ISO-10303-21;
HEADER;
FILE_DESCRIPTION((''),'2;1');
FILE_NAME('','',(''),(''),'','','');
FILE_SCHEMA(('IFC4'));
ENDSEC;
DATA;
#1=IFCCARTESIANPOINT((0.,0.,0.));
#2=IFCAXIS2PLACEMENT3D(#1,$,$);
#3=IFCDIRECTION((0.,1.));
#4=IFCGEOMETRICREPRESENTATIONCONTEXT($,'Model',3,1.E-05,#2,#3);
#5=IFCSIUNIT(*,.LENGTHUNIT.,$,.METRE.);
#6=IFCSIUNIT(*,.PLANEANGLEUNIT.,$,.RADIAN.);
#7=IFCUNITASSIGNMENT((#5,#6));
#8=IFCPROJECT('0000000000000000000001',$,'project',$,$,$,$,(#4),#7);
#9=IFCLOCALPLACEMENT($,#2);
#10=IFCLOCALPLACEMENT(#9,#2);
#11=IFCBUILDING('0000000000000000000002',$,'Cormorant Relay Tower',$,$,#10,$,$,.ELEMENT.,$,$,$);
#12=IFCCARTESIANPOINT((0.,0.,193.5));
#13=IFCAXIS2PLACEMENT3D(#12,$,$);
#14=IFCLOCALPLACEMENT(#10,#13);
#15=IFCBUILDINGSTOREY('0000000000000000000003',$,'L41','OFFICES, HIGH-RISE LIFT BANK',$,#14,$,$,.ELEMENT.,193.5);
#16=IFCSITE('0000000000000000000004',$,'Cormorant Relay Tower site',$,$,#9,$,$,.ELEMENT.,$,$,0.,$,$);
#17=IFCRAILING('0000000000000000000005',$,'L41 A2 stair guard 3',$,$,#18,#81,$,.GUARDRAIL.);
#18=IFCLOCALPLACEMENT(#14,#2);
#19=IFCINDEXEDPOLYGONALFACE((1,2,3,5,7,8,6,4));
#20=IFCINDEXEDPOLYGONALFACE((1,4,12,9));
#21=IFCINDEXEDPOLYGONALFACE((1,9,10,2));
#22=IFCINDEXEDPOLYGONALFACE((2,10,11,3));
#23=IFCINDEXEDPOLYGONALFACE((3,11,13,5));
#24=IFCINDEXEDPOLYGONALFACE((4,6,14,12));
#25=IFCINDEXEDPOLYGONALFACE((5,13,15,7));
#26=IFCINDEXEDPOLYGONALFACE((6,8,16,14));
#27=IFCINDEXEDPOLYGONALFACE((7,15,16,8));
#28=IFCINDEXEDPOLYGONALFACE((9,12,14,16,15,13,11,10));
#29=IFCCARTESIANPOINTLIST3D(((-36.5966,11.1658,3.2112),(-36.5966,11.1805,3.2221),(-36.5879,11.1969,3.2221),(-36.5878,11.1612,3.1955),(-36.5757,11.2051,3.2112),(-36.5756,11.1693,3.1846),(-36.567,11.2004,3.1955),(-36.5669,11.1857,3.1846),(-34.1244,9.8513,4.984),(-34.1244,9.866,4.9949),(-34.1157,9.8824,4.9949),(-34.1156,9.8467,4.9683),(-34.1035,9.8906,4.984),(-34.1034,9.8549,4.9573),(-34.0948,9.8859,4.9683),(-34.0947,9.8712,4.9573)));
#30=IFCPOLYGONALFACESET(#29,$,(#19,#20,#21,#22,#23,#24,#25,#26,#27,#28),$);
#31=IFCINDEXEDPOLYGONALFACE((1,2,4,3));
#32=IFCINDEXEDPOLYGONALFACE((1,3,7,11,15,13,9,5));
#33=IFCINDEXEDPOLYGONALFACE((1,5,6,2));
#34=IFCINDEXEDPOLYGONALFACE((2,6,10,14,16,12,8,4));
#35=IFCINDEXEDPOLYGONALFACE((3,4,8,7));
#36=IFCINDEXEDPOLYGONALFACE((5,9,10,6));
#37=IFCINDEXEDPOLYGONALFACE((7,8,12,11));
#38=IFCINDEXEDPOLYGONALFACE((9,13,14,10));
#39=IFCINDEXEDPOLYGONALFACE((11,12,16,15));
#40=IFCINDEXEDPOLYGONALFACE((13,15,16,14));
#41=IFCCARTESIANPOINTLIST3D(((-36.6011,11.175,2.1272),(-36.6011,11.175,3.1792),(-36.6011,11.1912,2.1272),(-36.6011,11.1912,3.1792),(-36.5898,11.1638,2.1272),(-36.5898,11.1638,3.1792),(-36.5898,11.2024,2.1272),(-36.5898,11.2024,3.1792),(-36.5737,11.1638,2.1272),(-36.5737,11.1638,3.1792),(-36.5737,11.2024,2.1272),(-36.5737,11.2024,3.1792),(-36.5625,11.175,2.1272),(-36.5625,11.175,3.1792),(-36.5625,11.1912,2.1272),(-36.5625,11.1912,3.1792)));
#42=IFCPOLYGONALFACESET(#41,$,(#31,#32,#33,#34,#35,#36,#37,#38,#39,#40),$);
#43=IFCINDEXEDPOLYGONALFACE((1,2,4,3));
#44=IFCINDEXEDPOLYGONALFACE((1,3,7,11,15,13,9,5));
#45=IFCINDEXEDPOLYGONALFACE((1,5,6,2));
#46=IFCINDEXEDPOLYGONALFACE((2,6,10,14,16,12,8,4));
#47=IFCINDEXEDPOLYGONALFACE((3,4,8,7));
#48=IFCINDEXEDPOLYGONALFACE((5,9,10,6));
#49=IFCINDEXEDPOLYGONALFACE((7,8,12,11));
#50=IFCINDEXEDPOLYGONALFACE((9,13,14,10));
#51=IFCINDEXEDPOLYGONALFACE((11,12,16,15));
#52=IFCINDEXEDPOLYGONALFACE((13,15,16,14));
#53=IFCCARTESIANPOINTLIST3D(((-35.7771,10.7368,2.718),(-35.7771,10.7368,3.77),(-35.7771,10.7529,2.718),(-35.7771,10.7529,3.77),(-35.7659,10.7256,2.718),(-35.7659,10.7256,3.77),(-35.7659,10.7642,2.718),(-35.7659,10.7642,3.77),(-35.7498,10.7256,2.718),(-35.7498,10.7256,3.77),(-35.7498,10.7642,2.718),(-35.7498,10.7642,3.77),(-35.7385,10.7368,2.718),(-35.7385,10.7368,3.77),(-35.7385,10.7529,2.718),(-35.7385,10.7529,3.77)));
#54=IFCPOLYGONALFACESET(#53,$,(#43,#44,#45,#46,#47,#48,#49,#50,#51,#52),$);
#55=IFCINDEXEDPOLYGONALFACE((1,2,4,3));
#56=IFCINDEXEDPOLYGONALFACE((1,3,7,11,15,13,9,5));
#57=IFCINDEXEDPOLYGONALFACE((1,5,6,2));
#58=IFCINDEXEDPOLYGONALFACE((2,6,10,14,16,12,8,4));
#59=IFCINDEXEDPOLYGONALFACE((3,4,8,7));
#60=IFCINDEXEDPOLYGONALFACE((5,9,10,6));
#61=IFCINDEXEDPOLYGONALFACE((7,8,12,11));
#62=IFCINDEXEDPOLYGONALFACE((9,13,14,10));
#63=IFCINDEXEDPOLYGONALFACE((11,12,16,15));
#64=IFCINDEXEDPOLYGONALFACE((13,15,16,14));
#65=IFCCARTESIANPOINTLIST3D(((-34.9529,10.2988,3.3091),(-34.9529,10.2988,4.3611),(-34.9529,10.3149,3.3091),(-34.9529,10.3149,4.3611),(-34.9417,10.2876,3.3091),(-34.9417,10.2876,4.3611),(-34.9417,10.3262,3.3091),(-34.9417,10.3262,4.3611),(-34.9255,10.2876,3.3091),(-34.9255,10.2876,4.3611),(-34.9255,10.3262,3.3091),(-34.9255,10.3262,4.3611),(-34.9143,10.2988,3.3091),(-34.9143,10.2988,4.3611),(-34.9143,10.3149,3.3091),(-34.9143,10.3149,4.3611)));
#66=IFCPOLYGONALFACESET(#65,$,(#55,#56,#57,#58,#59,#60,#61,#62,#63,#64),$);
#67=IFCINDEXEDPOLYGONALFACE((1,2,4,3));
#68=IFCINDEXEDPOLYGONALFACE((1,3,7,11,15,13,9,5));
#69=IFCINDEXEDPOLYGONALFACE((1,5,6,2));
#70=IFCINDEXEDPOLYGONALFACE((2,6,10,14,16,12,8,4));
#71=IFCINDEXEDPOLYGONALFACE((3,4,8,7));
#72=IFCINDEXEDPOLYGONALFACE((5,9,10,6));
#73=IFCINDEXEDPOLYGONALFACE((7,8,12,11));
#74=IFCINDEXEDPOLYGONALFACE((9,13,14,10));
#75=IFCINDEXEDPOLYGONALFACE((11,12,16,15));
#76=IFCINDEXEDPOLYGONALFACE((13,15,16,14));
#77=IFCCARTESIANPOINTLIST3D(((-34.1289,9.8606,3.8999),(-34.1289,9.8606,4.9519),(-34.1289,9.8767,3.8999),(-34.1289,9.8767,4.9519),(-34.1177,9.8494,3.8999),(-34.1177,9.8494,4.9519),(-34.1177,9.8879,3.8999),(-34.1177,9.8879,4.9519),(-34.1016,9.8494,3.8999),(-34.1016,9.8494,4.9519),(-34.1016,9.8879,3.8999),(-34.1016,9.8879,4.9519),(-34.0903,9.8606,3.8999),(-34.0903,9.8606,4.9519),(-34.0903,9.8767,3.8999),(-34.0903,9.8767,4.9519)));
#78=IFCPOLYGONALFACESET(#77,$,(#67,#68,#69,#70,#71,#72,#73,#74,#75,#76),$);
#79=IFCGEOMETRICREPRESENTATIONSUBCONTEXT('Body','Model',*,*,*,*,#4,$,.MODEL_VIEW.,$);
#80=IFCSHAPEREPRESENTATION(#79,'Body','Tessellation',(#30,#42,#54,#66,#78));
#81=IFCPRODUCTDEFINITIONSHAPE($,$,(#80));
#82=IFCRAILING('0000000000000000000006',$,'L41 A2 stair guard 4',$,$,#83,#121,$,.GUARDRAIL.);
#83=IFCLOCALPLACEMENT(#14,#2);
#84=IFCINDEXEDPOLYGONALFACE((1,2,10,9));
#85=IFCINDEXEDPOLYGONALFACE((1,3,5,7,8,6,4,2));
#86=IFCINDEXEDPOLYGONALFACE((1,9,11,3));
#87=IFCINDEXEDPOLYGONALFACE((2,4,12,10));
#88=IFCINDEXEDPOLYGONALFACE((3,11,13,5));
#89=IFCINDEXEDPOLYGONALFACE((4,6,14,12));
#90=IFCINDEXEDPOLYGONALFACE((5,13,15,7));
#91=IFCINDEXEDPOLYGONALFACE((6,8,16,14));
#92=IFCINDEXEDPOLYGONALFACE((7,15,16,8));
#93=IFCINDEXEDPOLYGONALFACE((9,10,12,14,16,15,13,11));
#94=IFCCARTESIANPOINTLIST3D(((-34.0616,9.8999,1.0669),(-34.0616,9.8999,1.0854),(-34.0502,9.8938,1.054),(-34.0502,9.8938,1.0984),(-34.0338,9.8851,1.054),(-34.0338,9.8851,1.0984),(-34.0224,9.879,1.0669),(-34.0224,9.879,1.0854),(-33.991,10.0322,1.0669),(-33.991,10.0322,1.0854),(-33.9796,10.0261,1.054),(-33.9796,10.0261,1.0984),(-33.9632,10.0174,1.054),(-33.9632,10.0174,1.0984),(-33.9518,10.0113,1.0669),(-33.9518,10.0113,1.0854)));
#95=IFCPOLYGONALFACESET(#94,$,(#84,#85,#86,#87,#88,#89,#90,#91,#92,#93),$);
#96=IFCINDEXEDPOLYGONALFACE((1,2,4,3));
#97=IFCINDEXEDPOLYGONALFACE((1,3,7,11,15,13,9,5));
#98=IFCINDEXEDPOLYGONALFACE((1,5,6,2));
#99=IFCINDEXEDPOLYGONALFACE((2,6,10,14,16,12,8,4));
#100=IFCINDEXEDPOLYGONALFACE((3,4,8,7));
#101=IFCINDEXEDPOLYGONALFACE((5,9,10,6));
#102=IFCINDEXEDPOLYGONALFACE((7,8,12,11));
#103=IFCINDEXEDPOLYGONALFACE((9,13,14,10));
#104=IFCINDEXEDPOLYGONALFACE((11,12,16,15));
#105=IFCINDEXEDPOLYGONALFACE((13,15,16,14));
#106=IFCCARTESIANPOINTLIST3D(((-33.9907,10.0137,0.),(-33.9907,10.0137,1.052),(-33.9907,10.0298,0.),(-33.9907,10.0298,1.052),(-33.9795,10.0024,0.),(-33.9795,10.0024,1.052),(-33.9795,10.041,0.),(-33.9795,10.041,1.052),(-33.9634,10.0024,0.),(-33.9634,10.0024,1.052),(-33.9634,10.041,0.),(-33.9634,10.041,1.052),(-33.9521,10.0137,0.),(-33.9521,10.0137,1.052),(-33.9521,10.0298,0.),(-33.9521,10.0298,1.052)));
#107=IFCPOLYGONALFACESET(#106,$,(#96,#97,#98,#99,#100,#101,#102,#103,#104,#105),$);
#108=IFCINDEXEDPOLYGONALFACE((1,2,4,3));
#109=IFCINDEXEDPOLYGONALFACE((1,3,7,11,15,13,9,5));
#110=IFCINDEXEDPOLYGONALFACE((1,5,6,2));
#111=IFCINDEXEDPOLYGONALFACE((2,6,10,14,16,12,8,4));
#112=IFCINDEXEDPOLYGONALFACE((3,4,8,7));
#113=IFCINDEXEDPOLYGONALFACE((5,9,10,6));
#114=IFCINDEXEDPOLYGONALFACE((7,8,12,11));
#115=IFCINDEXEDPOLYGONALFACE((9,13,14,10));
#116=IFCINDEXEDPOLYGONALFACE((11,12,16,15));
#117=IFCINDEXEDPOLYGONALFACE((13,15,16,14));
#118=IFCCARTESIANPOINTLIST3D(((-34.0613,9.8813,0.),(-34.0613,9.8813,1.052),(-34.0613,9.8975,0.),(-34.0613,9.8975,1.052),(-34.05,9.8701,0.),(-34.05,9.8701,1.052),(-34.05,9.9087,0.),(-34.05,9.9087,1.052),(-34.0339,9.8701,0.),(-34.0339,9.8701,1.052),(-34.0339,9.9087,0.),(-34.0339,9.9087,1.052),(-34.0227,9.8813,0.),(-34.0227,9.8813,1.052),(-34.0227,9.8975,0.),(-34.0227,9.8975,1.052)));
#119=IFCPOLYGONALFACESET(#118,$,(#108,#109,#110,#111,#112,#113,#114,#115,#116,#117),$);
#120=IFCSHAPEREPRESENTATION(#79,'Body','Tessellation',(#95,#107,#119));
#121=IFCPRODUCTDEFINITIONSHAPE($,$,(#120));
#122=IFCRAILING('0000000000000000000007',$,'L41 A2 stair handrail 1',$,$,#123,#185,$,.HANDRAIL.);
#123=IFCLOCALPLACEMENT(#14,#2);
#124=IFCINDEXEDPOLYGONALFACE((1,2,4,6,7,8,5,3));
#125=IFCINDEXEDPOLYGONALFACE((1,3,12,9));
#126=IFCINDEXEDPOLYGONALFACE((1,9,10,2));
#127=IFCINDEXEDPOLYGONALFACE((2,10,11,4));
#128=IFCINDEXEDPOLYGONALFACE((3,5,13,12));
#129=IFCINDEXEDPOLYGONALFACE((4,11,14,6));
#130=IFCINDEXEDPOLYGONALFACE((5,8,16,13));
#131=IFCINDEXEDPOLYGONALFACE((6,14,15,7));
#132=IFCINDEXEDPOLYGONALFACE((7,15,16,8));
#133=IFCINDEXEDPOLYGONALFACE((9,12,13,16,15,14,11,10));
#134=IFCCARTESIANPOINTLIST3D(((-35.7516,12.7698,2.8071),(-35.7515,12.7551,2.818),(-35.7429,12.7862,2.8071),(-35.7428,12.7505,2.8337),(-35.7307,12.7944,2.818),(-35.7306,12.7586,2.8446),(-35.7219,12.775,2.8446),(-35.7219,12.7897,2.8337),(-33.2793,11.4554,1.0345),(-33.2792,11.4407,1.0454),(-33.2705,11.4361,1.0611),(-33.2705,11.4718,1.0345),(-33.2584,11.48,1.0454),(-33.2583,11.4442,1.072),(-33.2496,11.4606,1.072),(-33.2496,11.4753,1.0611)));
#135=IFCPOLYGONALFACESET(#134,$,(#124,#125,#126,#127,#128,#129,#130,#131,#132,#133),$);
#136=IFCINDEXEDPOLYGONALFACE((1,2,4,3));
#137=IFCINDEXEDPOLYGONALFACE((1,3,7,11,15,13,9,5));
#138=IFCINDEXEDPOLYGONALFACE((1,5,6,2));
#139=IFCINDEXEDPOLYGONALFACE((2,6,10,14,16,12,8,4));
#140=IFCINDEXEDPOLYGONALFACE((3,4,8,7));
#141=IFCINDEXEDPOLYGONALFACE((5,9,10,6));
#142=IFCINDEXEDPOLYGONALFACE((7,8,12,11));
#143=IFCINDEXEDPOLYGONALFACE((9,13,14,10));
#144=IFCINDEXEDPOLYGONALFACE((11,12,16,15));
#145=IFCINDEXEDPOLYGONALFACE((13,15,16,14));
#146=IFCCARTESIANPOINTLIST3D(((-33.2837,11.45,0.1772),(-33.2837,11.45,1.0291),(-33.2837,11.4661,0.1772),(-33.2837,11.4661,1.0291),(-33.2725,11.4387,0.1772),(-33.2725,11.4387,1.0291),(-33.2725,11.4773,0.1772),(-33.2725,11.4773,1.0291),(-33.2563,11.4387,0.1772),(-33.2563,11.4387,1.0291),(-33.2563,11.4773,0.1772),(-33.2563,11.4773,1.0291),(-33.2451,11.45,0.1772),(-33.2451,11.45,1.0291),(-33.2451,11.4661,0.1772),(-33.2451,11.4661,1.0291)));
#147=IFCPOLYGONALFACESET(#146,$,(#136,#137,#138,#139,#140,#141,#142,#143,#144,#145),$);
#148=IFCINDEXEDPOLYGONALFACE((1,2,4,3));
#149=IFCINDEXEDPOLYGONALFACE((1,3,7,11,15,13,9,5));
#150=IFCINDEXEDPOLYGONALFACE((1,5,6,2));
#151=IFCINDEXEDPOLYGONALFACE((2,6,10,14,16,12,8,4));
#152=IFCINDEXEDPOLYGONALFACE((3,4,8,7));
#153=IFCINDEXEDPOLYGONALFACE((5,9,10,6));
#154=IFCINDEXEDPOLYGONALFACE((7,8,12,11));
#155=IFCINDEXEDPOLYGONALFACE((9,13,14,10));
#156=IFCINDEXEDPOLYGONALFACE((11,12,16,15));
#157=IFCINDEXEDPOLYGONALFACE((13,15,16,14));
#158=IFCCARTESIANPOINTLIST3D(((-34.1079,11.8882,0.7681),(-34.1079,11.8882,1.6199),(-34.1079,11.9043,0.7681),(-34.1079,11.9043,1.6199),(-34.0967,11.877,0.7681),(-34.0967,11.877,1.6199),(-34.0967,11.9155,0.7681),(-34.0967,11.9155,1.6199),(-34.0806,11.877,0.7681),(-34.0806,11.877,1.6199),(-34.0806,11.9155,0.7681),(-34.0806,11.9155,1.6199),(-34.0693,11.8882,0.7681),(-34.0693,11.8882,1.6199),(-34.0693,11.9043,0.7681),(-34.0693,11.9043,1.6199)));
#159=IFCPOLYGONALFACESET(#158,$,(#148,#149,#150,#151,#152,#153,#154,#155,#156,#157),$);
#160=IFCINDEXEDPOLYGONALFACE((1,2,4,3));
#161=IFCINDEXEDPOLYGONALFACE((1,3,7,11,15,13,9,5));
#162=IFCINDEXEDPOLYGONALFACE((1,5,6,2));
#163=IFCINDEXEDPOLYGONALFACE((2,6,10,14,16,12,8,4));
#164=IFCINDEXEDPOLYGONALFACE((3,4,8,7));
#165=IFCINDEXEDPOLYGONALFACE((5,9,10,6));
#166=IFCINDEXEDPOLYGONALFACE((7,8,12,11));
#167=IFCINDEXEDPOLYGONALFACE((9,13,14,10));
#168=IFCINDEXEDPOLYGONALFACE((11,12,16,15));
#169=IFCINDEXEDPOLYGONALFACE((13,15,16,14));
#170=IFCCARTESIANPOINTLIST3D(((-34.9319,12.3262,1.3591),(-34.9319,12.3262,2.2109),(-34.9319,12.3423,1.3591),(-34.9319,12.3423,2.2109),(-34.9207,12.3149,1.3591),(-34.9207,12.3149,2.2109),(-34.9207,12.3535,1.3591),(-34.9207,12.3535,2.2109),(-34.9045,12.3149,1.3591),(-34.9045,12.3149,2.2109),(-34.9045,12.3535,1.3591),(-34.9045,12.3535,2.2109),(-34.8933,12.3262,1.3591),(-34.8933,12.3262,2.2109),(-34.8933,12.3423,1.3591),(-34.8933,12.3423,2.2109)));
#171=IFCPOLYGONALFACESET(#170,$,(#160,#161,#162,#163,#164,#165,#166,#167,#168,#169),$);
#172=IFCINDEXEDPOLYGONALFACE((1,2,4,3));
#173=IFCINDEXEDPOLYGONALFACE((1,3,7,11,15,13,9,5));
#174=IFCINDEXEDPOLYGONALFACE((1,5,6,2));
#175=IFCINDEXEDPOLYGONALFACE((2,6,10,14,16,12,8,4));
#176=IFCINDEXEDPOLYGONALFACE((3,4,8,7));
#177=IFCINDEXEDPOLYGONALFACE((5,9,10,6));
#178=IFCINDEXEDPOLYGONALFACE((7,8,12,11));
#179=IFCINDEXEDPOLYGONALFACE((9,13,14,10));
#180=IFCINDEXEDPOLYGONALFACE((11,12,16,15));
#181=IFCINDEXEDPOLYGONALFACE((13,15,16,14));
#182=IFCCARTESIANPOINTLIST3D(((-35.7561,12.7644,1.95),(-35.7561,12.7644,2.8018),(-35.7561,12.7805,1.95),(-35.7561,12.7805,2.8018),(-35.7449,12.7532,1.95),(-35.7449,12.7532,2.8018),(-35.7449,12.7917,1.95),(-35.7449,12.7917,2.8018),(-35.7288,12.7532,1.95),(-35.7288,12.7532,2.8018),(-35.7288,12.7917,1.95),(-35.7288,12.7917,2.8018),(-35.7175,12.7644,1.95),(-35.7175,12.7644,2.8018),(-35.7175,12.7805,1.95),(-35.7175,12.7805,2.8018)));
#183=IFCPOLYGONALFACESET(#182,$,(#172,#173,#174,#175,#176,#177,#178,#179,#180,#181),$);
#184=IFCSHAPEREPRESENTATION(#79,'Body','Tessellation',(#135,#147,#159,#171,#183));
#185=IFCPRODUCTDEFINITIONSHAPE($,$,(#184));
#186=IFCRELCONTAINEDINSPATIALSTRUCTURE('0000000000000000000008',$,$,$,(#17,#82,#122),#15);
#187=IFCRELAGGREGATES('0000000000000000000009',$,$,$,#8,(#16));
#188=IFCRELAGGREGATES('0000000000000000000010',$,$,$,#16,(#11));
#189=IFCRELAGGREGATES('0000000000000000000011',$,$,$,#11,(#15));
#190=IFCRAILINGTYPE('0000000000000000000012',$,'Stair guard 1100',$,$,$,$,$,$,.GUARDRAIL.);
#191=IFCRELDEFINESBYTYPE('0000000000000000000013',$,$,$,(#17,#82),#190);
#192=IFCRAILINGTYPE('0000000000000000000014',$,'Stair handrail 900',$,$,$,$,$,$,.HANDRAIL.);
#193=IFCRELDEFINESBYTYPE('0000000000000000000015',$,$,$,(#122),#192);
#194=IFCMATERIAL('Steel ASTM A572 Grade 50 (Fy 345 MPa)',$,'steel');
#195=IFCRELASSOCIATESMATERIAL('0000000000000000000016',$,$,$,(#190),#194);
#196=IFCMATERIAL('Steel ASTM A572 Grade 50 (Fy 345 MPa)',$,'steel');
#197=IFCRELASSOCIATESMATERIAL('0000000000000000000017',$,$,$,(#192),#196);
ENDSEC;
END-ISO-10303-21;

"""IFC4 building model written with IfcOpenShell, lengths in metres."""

from ifc_helpers import new_model, si_unit, direction, frame, origin, place, context, subcontext, project, spatial, polyline, outline, extrude, material, type_object, element, save


model = new_model("IFC4")

# Units and contexts
model_context = context("Model", 3, precision=1e-05, world=origin(), true_north=direction((0.0, 1.0)))
body_context = subcontext(model_context, "Body", "Model", "MODEL_VIEW")
ifc_project = project(units=[si_unit("LENGTHUNIT", "METRE"), si_unit("PLANEANGLEUNIT", "RADIAN")], contexts=[model_context])

# Site, building, storey
site_placement = place(None, origin())
site = spatial("IfcSite", under=ifc_project, at=site_placement, Name="Cormorant Relay Tower site", CompositionType="ELEMENT", RefElevation=0.0)
building_placement = place(site_placement, origin())
building = spatial("IfcBuilding", under=site, at=building_placement, Name="Cormorant Relay Tower", CompositionType="ELEMENT")
storey_placement = place(building_placement, frame((0.0, 0.0, 193.5)))
storey = spatial("IfcBuildingStorey", under=building, at=storey_placement, Name="L41", Description="OFFICES, HIGH-RISE LIFT BANK", CompositionType="ELEMENT", Elevation=193.5)

# Railings
ifc_material_1 = material(Name="Steel ASTM A572 Grade 50 (Fy 345 MPa)", Category="steel")
railing_type_1 = type_object("IfcRailingType", Name="Stair guard 1100", PredefinedType="GUARDRAIL", material=ifc_material_1)
railing_1_placement = place(storey_placement, frame((-36.5818, 11.1831, 2.1272)))
element("IfcRailing", 1, at=railing_1_placement, inside=storey, type_object=railing_type_1, Name="L41 A2 stair guard 3", PredefinedType="GUARDRAIL", context=body_context, shape_type="SweptSolid", body=[
    extrude(outline(polyline([(0.0222, 0.0093), (0.0093, 0.0222), (-0.0093, 0.0222), (-0.0222, 0.0093), (-0.0222, -0.0093), (-0.0093, -0.0222), (0.0093, -0.0222), (0.0222, -0.0093), (0.0222, 0.0093)])), frame((0.0, 0.0, 1.0762), z_axis=(0.746001, -0.396649, 0.534931), x_axis=(0.469465, 0.882951, 0.0)), (0.0, 0.0, 1.0), 3.314),
    extrude(outline(polyline([(0.0193, 0.0081), (0.0081, 0.0193), (-0.0081, 0.0193), (-0.0193, 0.0081), (-0.0193, -0.0081), (-0.0081, -0.0193), (0.0081, -0.0193), (0.0193, -0.0081), (0.0193, 0.0081)])), origin(), (0.0, 0.0, 1.0), 1.052),
    extrude(outline(polyline([(0.0193, 0.0081), (0.0081, 0.0193), (-0.0081, 0.0193), (-0.0193, 0.0081), (-0.0193, -0.0081), (-0.0081, -0.0193), (0.0081, -0.0193), (0.0193, -0.0081), (0.0193, 0.0081)])), frame((0.824, -0.4382, 0.5908)), (0.0, 0.0, 1.0), 1.052),
    extrude(outline(polyline([(0.0193, 0.0081), (0.0081, 0.0193), (-0.0081, 0.0193), (-0.0193, 0.0081), (-0.0193, -0.0081), (-0.0081, -0.0193), (0.0081, -0.0193), (0.0193, -0.0081), (0.0193, 0.0081)])), frame((1.6482, -0.8762, 1.1819)), (0.0, 0.0, 1.0), 1.052),
    extrude(outline(polyline([(0.0193, 0.0081), (0.0081, 0.0193), (-0.0081, 0.0193), (-0.0193, 0.0081), (-0.0193, -0.0081), (-0.0081, -0.0193), (0.0081, -0.0193), (0.0193, -0.0081), (0.0193, 0.0081)])), frame((2.4722, -1.3145, 1.7727)), (0.0, 0.0, 1.0), 1.052),
])
railing_2_placement = place(storey_placement, frame((-33.9714, 10.0217, 0.0)))
element("IfcRailing", 2, at=railing_2_placement, inside=storey, type_object=railing_type_1, Name="L41 A2 stair guard 4", PredefinedType="GUARDRAIL", context=body_context, shape_type="SweptSolid", body=[
    extrude(outline(polyline([(0.0222, 0.0093), (0.0093, 0.0222), (-0.0093, 0.0222), (-0.0222, 0.0093), (-0.0222, -0.0093), (-0.0093, -0.0222), (0.0093, -0.0222), (0.0222, -0.0093), (0.0222, 0.0093)])), frame((0.0, 0.0, 1.0762), z_axis=(-0.470504, -0.882398, 0.0), x_axis=(0.882398, -0.470504, 0.0)), (0.0, 0.0, 1.0), 0.1499),
    extrude(outline(polyline([(0.0193, 0.0081), (0.0081, 0.0193), (-0.0081, 0.0193), (-0.0193, 0.0081), (-0.0193, -0.0081), (-0.0081, -0.0193), (0.0081, -0.0193), (0.0193, -0.0081), (0.0193, 0.0081)])), origin(), (0.0, 0.0, 1.0), 1.052),
    extrude(outline(polyline([(0.0193, 0.0081), (0.0081, 0.0193), (-0.0081, 0.0193), (-0.0193, 0.0081), (-0.0193, -0.0081), (-0.0081, -0.0193), (0.0081, -0.0193), (0.0193, -0.0081), (0.0193, 0.0081)])), frame((-0.0706, -0.1323, 0.0)), (0.0, 0.0, 1.0), 1.052),
])
ifc_material_2 = material(Name="Steel ASTM A572 Grade 50 (Fy 345 MPa)", Category="steel")
railing_type_2 = type_object("IfcRailingType", Name="Stair handrail 900", PredefinedType="HANDRAIL", material=ifc_material_2)
railing_3_placement = place(storey_placement, frame((-33.2644, 11.458, 0.1772)))
element("IfcRailing", 3, at=railing_3_placement, inside=storey, type_object=railing_type_2, Name="L41 A2 stair handrail 1", PredefinedType="HANDRAIL", context=body_context, shape_type="SweptSolid", body=[
    extrude(outline(polyline([(0.0222, 0.0093), (0.0093, 0.0222), (-0.0093, 0.0222), (-0.0222, 0.0093), (-0.0222, -0.0093), (-0.0093, -0.0222), (0.0093, -0.0222), (0.0222, -0.0093), (0.0222, 0.0093)])), frame((0.0, 0.0, 0.876), z_axis=(-0.746034, 0.396627, 0.534902), x_axis=(-0.469429, -0.88297, 0.0)), (0.0, 0.0, 1.0), 3.314),
    extrude(outline(polyline([(0.0193, 0.0081), (0.0081, 0.0193), (-0.0081, 0.0193), (-0.0193, 0.0081), (-0.0193, -0.0081), (-0.0081, -0.0193), (0.0081, -0.0193), (0.0193, -0.0081), (0.0193, 0.0081)])), origin(), (0.0, 0.0, 1.0), 0.8518),
    extrude(outline(polyline([(0.0193, 0.0081), (0.0081, 0.0193), (-0.0081, 0.0193), (-0.0193, 0.0081), (-0.0193, -0.0081), (-0.0081, -0.0193), (0.0081, -0.0193), (0.0193, -0.0081), (0.0193, 0.0081)])), frame((-0.8242, 0.4382, 0.5908)), (0.0, 0.0, 1.0), 0.8518),
    extrude(outline(polyline([(0.0193, 0.0081), (0.0081, 0.0193), (-0.0081, 0.0193), (-0.0193, 0.0081), (-0.0193, -0.0081), (-0.0081, -0.0193), (0.0081, -0.0193), (0.0193, -0.0081), (0.0193, 0.0081)])), frame((-1.6482, 0.8762, 1.1819)), (0.0, 0.0, 1.0), 0.8518),
    extrude(outline(polyline([(0.0193, 0.0081), (0.0081, 0.0193), (-0.0081, 0.0193), (-0.0193, 0.0081), (-0.0193, -0.0081), (-0.0081, -0.0193), (0.0081, -0.0193), (0.0193, -0.0081), (0.0193, 0.0081)])), frame((-2.4724, 1.3145, 1.7727)), (0.0, 0.0, 1.0), 0.8518),
])

save(model, "model.ifc")
